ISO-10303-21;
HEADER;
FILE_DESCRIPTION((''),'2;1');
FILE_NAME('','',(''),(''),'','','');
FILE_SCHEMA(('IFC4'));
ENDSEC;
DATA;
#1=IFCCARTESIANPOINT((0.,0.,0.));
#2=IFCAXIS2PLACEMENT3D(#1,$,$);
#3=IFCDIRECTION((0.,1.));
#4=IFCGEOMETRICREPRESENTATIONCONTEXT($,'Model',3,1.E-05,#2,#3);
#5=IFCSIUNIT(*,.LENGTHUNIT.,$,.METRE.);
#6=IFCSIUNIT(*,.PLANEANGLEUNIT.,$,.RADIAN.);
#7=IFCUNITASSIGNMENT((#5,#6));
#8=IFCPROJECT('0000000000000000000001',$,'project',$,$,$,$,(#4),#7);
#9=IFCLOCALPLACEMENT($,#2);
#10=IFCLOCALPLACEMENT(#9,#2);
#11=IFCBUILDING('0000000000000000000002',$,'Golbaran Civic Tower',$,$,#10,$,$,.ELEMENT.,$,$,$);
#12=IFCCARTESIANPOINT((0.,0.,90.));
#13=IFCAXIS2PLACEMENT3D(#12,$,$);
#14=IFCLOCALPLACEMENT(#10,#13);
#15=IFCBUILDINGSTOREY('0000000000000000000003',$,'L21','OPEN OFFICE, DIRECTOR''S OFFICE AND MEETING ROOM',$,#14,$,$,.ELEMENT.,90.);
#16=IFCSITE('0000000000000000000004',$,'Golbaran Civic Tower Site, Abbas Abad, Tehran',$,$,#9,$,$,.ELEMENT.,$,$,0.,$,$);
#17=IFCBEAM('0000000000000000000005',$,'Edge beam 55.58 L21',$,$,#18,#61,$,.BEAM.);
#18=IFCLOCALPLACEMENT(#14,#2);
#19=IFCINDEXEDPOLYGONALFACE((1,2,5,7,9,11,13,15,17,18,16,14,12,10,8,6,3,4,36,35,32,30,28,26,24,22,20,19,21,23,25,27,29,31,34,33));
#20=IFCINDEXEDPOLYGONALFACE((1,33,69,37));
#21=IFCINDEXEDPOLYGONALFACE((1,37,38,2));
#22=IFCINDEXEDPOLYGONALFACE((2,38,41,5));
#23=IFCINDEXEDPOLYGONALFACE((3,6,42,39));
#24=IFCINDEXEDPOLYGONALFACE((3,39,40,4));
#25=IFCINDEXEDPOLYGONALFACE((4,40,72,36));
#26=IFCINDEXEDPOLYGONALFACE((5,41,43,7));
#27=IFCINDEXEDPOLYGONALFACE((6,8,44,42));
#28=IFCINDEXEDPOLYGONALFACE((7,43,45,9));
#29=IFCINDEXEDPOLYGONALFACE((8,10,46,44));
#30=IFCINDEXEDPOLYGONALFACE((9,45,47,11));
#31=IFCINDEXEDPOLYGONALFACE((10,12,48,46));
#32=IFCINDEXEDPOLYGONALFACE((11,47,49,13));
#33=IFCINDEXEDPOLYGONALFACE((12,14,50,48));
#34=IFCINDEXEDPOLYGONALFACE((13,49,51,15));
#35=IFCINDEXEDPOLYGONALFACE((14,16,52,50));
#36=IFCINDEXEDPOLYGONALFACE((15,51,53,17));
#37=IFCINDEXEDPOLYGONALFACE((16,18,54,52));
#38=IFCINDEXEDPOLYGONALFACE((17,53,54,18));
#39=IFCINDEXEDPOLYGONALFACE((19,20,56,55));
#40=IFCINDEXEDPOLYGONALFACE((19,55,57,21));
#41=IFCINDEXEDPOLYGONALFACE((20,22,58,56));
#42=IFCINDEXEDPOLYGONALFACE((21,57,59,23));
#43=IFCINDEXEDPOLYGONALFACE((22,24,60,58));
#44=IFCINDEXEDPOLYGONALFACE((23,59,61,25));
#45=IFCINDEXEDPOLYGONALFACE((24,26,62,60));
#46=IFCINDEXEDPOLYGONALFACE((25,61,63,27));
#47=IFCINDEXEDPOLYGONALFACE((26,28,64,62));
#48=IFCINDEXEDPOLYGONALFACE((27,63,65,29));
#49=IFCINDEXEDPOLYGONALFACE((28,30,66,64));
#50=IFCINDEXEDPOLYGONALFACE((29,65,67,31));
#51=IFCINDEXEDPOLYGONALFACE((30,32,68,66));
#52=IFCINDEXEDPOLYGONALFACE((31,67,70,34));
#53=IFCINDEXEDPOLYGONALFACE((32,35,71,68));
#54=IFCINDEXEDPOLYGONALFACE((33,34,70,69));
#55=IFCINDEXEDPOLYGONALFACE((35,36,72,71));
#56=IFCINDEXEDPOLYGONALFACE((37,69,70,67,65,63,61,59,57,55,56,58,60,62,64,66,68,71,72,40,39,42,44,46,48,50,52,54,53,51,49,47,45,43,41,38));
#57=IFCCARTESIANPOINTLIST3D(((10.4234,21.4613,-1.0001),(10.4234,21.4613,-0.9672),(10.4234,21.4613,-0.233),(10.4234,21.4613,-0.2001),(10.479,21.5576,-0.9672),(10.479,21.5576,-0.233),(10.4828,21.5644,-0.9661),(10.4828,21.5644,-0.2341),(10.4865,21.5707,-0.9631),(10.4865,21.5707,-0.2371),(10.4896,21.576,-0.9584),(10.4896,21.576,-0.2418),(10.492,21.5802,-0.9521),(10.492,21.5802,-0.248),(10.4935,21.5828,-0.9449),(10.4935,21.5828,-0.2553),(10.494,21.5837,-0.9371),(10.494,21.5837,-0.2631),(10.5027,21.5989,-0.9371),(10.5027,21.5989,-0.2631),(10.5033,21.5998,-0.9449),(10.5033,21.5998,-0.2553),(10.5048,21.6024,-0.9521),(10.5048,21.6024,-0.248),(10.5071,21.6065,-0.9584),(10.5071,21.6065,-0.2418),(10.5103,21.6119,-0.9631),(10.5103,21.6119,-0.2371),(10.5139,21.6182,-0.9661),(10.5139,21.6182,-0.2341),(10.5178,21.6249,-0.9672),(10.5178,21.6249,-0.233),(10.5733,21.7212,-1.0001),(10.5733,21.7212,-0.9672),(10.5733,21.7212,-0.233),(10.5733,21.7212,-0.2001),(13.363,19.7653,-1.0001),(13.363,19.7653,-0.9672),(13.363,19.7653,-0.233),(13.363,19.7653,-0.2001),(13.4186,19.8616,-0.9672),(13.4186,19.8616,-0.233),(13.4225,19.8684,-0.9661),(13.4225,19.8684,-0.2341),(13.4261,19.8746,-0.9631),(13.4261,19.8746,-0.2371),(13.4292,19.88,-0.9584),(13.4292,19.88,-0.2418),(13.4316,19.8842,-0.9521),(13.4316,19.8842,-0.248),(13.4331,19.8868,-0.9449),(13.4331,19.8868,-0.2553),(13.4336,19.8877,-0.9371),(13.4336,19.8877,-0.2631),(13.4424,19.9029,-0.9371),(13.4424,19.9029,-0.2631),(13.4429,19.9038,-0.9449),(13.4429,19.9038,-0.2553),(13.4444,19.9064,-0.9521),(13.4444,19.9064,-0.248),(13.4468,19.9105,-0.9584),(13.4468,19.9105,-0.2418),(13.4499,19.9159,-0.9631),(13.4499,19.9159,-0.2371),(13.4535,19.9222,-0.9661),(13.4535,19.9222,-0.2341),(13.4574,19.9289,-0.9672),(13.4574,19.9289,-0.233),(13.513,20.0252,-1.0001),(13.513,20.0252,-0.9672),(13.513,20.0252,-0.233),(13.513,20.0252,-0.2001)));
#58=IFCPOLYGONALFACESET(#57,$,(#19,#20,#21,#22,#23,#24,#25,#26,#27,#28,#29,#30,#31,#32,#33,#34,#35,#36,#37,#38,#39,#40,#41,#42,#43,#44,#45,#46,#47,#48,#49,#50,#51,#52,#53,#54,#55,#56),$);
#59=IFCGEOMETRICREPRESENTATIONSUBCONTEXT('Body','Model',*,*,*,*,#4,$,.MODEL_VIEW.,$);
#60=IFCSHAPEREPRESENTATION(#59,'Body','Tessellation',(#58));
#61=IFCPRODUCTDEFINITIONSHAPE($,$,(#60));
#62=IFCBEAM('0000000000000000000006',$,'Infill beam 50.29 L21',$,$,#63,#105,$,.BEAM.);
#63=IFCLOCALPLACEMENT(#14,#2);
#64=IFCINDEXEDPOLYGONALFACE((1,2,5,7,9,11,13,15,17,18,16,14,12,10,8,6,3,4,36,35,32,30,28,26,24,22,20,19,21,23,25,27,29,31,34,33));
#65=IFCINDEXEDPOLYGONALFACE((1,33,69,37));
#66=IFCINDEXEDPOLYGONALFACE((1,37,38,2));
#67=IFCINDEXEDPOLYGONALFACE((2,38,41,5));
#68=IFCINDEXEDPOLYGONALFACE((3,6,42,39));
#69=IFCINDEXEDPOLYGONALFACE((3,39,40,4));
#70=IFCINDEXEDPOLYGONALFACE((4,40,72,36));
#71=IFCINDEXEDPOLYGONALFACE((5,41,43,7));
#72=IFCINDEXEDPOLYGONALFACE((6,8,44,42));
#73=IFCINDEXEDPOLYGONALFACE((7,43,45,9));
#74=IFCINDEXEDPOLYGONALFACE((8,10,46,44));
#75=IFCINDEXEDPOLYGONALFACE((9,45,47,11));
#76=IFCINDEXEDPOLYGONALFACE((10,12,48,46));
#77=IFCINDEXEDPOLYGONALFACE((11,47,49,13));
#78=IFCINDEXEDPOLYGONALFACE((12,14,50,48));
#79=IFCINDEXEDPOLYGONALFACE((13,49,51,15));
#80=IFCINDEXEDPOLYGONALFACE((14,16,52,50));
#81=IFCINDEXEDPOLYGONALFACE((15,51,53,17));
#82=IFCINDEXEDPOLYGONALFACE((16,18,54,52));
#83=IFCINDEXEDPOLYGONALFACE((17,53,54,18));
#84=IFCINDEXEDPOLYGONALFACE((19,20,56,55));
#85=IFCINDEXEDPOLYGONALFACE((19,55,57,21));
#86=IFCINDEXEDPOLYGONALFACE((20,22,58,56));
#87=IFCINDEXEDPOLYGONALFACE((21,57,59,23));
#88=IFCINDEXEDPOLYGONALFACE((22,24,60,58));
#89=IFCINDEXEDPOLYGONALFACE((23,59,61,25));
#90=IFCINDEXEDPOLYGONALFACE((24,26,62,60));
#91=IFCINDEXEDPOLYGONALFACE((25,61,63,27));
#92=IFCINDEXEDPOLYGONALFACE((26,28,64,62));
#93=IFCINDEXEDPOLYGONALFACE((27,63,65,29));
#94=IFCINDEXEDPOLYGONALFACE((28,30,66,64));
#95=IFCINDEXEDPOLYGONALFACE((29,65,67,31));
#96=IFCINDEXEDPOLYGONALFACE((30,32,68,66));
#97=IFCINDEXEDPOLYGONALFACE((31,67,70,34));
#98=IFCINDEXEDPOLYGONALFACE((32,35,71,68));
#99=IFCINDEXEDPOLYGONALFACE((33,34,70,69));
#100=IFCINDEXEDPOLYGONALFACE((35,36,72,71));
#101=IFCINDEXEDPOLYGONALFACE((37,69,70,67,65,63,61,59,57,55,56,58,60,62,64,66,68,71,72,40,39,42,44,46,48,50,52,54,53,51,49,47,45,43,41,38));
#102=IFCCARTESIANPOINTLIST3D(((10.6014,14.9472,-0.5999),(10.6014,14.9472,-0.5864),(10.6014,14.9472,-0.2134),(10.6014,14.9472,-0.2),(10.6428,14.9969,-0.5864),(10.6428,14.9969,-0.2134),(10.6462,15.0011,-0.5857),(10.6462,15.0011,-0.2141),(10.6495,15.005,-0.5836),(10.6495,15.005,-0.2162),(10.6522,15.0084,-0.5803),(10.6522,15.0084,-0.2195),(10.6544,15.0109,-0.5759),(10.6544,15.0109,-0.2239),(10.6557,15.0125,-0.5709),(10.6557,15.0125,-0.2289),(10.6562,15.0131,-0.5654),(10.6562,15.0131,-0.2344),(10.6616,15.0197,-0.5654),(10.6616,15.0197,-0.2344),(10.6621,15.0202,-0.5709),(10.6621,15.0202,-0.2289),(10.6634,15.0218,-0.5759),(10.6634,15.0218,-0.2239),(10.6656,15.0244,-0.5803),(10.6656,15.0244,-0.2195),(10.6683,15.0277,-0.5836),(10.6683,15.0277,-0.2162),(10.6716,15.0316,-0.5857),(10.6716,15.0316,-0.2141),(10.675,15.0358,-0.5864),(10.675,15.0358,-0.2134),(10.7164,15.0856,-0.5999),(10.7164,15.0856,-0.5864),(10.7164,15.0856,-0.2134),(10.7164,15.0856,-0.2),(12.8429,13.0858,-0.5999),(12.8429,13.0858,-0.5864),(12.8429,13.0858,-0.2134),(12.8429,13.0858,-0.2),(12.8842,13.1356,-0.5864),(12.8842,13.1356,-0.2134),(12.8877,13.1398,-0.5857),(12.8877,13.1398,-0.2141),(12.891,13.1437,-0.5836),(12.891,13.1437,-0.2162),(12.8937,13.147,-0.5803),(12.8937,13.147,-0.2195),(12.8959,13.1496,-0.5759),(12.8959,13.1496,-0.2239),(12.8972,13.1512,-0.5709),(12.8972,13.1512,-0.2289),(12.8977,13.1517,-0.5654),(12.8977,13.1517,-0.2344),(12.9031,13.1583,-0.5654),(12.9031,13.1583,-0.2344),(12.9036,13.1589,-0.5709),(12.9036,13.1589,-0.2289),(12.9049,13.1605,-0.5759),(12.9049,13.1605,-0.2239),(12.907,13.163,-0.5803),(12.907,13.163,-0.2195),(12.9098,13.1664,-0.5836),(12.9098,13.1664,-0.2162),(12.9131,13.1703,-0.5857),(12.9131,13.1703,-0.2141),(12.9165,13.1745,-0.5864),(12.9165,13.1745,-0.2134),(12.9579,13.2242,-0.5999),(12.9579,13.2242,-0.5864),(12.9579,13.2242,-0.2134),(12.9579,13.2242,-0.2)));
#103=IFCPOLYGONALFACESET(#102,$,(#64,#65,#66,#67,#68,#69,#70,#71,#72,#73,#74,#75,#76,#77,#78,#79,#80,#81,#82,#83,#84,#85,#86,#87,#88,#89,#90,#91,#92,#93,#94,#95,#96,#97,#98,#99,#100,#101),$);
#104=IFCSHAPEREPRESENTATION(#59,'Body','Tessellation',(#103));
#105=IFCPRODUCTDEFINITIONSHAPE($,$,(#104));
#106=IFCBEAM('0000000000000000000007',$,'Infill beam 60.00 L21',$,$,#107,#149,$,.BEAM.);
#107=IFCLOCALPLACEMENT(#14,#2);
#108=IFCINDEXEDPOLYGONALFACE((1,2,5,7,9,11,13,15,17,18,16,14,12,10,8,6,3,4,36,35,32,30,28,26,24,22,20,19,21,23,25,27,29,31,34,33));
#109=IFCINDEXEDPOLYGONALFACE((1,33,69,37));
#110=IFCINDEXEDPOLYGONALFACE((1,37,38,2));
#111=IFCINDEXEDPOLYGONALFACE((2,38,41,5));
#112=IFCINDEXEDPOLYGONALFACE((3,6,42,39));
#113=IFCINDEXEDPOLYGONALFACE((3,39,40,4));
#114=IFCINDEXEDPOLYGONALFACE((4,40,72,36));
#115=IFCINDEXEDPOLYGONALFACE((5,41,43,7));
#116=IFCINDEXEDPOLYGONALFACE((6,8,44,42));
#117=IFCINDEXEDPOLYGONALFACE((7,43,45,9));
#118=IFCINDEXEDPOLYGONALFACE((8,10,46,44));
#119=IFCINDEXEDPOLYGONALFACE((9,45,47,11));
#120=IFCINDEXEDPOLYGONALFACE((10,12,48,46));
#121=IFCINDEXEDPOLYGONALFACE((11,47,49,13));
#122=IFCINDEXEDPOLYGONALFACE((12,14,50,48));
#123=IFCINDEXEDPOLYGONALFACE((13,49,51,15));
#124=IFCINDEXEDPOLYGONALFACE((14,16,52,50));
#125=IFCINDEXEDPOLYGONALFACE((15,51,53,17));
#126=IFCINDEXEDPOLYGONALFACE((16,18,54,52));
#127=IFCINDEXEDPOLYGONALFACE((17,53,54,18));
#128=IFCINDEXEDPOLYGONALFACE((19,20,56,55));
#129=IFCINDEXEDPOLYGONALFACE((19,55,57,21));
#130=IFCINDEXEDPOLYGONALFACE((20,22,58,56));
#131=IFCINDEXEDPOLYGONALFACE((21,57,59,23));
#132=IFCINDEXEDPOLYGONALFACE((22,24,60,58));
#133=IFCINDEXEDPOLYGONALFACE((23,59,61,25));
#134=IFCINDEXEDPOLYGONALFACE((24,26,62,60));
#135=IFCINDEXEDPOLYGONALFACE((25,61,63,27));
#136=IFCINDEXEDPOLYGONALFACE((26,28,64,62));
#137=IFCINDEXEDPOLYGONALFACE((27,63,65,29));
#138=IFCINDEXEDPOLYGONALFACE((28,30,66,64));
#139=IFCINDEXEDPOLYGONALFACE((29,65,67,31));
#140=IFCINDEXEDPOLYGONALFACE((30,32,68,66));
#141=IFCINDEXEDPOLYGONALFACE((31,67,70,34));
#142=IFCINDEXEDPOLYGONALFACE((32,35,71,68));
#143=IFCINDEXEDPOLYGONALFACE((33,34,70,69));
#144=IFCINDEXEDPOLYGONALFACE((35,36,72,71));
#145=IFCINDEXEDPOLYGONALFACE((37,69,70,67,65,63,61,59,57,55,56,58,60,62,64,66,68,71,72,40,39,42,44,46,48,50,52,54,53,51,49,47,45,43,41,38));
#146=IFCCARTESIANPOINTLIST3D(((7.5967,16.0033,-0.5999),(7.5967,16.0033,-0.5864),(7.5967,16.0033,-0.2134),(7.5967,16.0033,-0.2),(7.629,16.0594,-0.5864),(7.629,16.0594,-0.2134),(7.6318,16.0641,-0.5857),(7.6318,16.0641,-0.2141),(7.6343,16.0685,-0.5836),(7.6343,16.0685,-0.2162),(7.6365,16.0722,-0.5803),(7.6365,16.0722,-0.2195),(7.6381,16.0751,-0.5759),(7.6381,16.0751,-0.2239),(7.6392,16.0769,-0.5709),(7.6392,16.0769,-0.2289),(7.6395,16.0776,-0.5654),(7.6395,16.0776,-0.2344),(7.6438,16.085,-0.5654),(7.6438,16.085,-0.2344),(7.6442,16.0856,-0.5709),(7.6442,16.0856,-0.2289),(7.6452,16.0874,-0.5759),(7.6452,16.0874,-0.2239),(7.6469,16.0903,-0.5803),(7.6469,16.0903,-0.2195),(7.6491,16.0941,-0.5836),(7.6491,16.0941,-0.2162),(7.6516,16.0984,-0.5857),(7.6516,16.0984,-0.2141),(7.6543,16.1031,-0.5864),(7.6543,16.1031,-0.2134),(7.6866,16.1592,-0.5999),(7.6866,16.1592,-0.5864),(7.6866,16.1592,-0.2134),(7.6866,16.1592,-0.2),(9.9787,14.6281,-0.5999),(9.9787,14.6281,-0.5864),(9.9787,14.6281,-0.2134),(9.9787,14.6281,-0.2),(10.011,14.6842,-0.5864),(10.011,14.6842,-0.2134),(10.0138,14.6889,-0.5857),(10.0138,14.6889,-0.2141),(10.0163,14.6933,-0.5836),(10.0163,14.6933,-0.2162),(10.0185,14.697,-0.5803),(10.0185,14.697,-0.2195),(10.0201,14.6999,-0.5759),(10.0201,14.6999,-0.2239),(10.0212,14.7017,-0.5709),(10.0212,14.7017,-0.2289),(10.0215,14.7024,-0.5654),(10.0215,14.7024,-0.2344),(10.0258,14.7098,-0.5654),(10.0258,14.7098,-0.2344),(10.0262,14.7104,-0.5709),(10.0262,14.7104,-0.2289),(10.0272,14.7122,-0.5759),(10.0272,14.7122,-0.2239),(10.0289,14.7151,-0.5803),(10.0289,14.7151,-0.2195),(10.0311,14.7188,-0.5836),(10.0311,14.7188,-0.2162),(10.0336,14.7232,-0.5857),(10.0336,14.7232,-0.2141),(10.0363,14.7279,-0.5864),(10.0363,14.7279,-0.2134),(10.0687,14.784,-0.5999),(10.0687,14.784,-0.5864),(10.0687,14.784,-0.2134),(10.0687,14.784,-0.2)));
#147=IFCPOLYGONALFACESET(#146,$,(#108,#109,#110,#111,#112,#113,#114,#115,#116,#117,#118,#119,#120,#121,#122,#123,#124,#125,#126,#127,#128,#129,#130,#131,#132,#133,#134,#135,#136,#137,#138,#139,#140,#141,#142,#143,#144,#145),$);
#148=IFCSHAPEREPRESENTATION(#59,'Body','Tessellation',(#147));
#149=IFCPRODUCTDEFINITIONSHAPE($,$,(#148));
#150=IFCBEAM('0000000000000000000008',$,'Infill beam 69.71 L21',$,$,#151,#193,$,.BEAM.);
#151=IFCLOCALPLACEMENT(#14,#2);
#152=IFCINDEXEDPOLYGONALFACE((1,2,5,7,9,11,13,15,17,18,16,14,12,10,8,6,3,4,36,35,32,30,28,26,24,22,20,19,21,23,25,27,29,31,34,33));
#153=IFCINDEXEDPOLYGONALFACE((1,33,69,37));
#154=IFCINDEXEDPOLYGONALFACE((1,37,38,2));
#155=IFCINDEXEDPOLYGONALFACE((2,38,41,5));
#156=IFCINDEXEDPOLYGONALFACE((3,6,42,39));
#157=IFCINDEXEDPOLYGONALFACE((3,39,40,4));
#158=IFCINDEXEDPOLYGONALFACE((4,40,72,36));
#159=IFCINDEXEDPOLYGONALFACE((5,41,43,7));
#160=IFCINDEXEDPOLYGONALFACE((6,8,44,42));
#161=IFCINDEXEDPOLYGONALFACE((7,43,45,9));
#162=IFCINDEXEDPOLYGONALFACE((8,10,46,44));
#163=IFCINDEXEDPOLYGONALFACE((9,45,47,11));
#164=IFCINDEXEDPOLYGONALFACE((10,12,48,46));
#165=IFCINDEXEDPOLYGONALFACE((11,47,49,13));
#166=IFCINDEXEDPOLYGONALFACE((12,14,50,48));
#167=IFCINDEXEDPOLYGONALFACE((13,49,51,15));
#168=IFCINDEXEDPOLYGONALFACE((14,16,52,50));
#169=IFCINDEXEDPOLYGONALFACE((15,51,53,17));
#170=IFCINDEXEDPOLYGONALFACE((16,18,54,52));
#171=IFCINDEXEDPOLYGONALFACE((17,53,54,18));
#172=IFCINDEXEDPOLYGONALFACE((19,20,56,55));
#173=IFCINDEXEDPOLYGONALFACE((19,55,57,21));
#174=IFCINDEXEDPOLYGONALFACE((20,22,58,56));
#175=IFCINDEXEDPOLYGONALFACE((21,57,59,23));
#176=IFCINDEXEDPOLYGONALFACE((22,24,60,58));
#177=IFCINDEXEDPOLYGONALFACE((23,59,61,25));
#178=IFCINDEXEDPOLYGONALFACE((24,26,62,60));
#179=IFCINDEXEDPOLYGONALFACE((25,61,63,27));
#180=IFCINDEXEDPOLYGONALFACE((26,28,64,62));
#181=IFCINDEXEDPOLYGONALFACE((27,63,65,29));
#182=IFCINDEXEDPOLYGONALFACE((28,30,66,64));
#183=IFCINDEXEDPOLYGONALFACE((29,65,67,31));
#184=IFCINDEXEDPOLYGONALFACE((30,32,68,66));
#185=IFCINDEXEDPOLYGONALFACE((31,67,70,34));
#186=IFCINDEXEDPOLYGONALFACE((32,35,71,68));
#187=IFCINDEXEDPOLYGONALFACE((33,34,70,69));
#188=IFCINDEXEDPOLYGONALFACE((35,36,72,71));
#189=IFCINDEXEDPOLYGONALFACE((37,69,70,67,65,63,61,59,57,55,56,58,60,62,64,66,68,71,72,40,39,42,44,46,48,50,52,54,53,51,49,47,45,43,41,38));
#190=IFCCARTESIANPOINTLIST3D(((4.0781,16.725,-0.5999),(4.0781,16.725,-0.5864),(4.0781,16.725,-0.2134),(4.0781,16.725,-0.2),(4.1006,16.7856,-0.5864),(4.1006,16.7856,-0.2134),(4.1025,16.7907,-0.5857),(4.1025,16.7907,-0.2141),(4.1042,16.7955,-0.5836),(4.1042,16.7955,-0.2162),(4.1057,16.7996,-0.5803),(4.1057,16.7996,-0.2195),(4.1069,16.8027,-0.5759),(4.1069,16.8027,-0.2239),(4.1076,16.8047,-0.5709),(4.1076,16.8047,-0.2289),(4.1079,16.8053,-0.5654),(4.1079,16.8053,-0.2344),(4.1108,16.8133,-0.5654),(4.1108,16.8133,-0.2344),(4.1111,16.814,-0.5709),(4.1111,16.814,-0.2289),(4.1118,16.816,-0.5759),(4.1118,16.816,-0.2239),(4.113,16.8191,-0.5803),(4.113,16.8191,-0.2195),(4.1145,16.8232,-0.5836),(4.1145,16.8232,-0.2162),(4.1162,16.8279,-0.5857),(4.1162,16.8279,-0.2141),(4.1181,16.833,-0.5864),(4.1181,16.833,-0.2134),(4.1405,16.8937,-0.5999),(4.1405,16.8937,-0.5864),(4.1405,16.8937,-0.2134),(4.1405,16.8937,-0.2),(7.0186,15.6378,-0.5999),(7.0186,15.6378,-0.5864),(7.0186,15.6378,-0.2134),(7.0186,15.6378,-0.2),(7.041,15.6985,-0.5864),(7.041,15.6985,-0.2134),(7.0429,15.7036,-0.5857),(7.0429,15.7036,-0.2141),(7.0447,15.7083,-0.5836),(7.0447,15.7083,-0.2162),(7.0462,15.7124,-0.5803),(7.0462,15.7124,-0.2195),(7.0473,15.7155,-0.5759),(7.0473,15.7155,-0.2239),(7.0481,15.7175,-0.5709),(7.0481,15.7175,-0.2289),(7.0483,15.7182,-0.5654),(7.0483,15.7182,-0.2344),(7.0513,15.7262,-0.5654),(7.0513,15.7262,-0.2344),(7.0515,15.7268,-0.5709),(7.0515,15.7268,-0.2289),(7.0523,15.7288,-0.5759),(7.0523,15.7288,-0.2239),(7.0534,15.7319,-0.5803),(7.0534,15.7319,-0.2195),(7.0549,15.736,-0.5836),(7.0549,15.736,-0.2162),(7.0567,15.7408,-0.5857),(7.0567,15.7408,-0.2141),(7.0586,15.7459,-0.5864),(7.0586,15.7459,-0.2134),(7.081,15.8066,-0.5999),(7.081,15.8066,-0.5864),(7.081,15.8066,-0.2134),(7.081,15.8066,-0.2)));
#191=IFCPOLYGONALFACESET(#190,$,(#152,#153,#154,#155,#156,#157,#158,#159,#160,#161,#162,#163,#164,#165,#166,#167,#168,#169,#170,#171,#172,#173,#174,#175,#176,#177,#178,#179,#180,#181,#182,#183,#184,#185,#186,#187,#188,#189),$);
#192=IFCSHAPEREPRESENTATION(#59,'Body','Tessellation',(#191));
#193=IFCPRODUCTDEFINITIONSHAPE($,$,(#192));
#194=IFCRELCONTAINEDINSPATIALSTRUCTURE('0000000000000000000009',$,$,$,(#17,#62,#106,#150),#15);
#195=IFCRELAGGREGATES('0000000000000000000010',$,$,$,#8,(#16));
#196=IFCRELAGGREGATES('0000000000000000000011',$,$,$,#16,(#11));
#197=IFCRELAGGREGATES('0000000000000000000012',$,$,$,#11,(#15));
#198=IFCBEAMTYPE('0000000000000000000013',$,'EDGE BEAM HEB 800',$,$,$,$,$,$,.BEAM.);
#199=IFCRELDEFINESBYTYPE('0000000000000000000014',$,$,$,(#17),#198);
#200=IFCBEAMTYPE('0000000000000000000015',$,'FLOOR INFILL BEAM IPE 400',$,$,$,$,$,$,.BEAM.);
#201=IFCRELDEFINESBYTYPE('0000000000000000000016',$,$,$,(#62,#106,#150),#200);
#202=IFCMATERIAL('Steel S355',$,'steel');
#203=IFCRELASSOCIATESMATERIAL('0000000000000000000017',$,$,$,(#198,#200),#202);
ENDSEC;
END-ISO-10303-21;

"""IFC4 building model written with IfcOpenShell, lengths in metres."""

from ifc_helpers import new_model, si_unit, direction, frame, origin, origin_2d, place, context, subcontext, project, spatial, i_section, extrude, material, material_profile, profile_set, type_object, element, save


model = new_model("IFC4")

# Units and contexts
model_context = context("Model", 3, precision=1e-05, world=origin(), true_north=direction((0.0, 1.0)))
body_context = subcontext(model_context, "Body", "Model", "MODEL_VIEW")
ifc_project = project(units=[si_unit("LENGTHUNIT", "METRE"), si_unit("PLANEANGLEUNIT", "RADIAN")], contexts=[model_context])

# Site, building, storey
site_placement = place(None, origin())
site = spatial("IfcSite", under=ifc_project, at=site_placement, Name="Golbaran Civic Tower Site, Abbas Abad, Tehran", CompositionType="ELEMENT", RefElevation=0.0)
building_placement = place(site_placement, origin())
building = spatial("IfcBuilding", under=site, at=building_placement, Name="Golbaran Civic Tower", CompositionType="ELEMENT")
storey_placement = place(building_placement, frame((0.0, 0.0, 90.0)))
storey = spatial("IfcBuildingStorey", under=building, at=storey_placement, Name="L21", Description="OPEN OFFICE, DIRECTOR'S OFFICE AND MEETING ROOM", CompositionType="ELEMENT", Elevation=90.0)

# Beams
ifc_material_1 = material(Name="Steel S355", Category="steel")
ifc_material_profile_1 = material_profile(ifc_material_1, i_section(OverallWidth=0.3, OverallDepth=0.8, WebThickness=0.0176, FlangeThickness=0.033, FilletRadius=0.03, at=origin_2d()), Name="HEB 800")
ifc_profile_set_1 = profile_set([ifc_material_profile_1], Name="Steel S355")
beam_type_1 = type_object("IfcBeamType", Name="EDGE BEAM HEB 800", PredefinedType="BEAM", material=ifc_profile_set_1)
beam_1_placement = place(storey_placement, frame((13.438, 19.8953, -0.6001), z_axis=(-0.866177, 0.499737, 0.0), x_axis=(-0.499737, -0.866177, 0.0)))
element("IfcBeam", 1, at=beam_1_placement, inside=storey, type_object=beam_type_1, Name="Edge beam 55.58 L21", PredefinedType="BEAM", context=body_context, shape_type="SweptSolid", body=[
    extrude(i_section(OverallWidth=0.3, OverallDepth=0.8, WebThickness=0.0176, FlangeThickness=0.033, FilletRadius=0.03, at=origin_2d()), origin(), (0.0, 0.0, 1.0), 3.3938),
])
ifc_material_profile_2 = material_profile(ifc_material_1, i_section(OverallWidth=0.1799, OverallDepth=0.3999, WebThickness=0.0085, FlangeThickness=0.0134, FilletRadius=0.021, at=origin_2d()), Name="IPE 400")
ifc_profile_set_2 = profile_set([ifc_material_profile_2], Name="Steel S355")
beam_type_2 = type_object("IfcBeamType", Name="FLOOR INFILL BEAM IPE 400", PredefinedType="BEAM", material=ifc_profile_set_2)
beam_2_placement = place(storey_placement, frame((12.9004, 13.155, -0.3999), z_axis=(-0.769326, 0.638856, 0.0), x_axis=(-0.638856, -0.769326, 0.0)))
element("IfcBeam", 2, at=beam_2_placement, inside=storey, type_object=beam_type_2, Name="Infill beam 50.29 L21", PredefinedType="BEAM", context=body_context, shape_type="SweptSolid", body=[
    extrude(i_section(OverallWidth=0.1799, OverallDepth=0.3999, WebThickness=0.0085, FlangeThickness=0.0134, FilletRadius=0.021, at=origin_2d()), origin(), (0.0, 0.0, 1.0), 2.9136),
])
beam_3_placement = place(storey_placement, frame((10.0237, 14.7061, -0.3999), z_axis=(-0.866033, 0.499986, 0.0), x_axis=(-0.499986, -0.866033, 0.0)))
element("IfcBeam", 3, at=beam_3_placement, inside=storey, type_object=beam_type_2, Name="Infill beam 60.00 L21", PredefinedType="BEAM", context=body_context, shape_type="SweptSolid", body=[
    extrude(i_section(OverallWidth=0.1799, OverallDepth=0.3999, WebThickness=0.0085, FlangeThickness=0.0134, FilletRadius=0.021, at=origin_2d()), origin(), (0.0, 0.0, 1.0), 2.7505),
])
beam_4_placement = place(storey_placement, frame((7.0498, 15.7222, -0.3999), z_axis=(-0.937945, 0.346784, 0.0), x_axis=(-0.346784, -0.937945, 0.0)))
element("IfcBeam", 4, at=beam_4_placement, inside=storey, type_object=beam_type_2, Name="Infill beam 69.71 L21", PredefinedType="BEAM", context=body_context, shape_type="SweptSolid", body=[
    extrude(i_section(OverallWidth=0.1799, OverallDepth=0.3999, WebThickness=0.0085, FlangeThickness=0.0134, FilletRadius=0.021, at=origin_2d()), origin(), (0.0, 0.0, 1.0), 3.135),
])

save(model, "model.ifc")
